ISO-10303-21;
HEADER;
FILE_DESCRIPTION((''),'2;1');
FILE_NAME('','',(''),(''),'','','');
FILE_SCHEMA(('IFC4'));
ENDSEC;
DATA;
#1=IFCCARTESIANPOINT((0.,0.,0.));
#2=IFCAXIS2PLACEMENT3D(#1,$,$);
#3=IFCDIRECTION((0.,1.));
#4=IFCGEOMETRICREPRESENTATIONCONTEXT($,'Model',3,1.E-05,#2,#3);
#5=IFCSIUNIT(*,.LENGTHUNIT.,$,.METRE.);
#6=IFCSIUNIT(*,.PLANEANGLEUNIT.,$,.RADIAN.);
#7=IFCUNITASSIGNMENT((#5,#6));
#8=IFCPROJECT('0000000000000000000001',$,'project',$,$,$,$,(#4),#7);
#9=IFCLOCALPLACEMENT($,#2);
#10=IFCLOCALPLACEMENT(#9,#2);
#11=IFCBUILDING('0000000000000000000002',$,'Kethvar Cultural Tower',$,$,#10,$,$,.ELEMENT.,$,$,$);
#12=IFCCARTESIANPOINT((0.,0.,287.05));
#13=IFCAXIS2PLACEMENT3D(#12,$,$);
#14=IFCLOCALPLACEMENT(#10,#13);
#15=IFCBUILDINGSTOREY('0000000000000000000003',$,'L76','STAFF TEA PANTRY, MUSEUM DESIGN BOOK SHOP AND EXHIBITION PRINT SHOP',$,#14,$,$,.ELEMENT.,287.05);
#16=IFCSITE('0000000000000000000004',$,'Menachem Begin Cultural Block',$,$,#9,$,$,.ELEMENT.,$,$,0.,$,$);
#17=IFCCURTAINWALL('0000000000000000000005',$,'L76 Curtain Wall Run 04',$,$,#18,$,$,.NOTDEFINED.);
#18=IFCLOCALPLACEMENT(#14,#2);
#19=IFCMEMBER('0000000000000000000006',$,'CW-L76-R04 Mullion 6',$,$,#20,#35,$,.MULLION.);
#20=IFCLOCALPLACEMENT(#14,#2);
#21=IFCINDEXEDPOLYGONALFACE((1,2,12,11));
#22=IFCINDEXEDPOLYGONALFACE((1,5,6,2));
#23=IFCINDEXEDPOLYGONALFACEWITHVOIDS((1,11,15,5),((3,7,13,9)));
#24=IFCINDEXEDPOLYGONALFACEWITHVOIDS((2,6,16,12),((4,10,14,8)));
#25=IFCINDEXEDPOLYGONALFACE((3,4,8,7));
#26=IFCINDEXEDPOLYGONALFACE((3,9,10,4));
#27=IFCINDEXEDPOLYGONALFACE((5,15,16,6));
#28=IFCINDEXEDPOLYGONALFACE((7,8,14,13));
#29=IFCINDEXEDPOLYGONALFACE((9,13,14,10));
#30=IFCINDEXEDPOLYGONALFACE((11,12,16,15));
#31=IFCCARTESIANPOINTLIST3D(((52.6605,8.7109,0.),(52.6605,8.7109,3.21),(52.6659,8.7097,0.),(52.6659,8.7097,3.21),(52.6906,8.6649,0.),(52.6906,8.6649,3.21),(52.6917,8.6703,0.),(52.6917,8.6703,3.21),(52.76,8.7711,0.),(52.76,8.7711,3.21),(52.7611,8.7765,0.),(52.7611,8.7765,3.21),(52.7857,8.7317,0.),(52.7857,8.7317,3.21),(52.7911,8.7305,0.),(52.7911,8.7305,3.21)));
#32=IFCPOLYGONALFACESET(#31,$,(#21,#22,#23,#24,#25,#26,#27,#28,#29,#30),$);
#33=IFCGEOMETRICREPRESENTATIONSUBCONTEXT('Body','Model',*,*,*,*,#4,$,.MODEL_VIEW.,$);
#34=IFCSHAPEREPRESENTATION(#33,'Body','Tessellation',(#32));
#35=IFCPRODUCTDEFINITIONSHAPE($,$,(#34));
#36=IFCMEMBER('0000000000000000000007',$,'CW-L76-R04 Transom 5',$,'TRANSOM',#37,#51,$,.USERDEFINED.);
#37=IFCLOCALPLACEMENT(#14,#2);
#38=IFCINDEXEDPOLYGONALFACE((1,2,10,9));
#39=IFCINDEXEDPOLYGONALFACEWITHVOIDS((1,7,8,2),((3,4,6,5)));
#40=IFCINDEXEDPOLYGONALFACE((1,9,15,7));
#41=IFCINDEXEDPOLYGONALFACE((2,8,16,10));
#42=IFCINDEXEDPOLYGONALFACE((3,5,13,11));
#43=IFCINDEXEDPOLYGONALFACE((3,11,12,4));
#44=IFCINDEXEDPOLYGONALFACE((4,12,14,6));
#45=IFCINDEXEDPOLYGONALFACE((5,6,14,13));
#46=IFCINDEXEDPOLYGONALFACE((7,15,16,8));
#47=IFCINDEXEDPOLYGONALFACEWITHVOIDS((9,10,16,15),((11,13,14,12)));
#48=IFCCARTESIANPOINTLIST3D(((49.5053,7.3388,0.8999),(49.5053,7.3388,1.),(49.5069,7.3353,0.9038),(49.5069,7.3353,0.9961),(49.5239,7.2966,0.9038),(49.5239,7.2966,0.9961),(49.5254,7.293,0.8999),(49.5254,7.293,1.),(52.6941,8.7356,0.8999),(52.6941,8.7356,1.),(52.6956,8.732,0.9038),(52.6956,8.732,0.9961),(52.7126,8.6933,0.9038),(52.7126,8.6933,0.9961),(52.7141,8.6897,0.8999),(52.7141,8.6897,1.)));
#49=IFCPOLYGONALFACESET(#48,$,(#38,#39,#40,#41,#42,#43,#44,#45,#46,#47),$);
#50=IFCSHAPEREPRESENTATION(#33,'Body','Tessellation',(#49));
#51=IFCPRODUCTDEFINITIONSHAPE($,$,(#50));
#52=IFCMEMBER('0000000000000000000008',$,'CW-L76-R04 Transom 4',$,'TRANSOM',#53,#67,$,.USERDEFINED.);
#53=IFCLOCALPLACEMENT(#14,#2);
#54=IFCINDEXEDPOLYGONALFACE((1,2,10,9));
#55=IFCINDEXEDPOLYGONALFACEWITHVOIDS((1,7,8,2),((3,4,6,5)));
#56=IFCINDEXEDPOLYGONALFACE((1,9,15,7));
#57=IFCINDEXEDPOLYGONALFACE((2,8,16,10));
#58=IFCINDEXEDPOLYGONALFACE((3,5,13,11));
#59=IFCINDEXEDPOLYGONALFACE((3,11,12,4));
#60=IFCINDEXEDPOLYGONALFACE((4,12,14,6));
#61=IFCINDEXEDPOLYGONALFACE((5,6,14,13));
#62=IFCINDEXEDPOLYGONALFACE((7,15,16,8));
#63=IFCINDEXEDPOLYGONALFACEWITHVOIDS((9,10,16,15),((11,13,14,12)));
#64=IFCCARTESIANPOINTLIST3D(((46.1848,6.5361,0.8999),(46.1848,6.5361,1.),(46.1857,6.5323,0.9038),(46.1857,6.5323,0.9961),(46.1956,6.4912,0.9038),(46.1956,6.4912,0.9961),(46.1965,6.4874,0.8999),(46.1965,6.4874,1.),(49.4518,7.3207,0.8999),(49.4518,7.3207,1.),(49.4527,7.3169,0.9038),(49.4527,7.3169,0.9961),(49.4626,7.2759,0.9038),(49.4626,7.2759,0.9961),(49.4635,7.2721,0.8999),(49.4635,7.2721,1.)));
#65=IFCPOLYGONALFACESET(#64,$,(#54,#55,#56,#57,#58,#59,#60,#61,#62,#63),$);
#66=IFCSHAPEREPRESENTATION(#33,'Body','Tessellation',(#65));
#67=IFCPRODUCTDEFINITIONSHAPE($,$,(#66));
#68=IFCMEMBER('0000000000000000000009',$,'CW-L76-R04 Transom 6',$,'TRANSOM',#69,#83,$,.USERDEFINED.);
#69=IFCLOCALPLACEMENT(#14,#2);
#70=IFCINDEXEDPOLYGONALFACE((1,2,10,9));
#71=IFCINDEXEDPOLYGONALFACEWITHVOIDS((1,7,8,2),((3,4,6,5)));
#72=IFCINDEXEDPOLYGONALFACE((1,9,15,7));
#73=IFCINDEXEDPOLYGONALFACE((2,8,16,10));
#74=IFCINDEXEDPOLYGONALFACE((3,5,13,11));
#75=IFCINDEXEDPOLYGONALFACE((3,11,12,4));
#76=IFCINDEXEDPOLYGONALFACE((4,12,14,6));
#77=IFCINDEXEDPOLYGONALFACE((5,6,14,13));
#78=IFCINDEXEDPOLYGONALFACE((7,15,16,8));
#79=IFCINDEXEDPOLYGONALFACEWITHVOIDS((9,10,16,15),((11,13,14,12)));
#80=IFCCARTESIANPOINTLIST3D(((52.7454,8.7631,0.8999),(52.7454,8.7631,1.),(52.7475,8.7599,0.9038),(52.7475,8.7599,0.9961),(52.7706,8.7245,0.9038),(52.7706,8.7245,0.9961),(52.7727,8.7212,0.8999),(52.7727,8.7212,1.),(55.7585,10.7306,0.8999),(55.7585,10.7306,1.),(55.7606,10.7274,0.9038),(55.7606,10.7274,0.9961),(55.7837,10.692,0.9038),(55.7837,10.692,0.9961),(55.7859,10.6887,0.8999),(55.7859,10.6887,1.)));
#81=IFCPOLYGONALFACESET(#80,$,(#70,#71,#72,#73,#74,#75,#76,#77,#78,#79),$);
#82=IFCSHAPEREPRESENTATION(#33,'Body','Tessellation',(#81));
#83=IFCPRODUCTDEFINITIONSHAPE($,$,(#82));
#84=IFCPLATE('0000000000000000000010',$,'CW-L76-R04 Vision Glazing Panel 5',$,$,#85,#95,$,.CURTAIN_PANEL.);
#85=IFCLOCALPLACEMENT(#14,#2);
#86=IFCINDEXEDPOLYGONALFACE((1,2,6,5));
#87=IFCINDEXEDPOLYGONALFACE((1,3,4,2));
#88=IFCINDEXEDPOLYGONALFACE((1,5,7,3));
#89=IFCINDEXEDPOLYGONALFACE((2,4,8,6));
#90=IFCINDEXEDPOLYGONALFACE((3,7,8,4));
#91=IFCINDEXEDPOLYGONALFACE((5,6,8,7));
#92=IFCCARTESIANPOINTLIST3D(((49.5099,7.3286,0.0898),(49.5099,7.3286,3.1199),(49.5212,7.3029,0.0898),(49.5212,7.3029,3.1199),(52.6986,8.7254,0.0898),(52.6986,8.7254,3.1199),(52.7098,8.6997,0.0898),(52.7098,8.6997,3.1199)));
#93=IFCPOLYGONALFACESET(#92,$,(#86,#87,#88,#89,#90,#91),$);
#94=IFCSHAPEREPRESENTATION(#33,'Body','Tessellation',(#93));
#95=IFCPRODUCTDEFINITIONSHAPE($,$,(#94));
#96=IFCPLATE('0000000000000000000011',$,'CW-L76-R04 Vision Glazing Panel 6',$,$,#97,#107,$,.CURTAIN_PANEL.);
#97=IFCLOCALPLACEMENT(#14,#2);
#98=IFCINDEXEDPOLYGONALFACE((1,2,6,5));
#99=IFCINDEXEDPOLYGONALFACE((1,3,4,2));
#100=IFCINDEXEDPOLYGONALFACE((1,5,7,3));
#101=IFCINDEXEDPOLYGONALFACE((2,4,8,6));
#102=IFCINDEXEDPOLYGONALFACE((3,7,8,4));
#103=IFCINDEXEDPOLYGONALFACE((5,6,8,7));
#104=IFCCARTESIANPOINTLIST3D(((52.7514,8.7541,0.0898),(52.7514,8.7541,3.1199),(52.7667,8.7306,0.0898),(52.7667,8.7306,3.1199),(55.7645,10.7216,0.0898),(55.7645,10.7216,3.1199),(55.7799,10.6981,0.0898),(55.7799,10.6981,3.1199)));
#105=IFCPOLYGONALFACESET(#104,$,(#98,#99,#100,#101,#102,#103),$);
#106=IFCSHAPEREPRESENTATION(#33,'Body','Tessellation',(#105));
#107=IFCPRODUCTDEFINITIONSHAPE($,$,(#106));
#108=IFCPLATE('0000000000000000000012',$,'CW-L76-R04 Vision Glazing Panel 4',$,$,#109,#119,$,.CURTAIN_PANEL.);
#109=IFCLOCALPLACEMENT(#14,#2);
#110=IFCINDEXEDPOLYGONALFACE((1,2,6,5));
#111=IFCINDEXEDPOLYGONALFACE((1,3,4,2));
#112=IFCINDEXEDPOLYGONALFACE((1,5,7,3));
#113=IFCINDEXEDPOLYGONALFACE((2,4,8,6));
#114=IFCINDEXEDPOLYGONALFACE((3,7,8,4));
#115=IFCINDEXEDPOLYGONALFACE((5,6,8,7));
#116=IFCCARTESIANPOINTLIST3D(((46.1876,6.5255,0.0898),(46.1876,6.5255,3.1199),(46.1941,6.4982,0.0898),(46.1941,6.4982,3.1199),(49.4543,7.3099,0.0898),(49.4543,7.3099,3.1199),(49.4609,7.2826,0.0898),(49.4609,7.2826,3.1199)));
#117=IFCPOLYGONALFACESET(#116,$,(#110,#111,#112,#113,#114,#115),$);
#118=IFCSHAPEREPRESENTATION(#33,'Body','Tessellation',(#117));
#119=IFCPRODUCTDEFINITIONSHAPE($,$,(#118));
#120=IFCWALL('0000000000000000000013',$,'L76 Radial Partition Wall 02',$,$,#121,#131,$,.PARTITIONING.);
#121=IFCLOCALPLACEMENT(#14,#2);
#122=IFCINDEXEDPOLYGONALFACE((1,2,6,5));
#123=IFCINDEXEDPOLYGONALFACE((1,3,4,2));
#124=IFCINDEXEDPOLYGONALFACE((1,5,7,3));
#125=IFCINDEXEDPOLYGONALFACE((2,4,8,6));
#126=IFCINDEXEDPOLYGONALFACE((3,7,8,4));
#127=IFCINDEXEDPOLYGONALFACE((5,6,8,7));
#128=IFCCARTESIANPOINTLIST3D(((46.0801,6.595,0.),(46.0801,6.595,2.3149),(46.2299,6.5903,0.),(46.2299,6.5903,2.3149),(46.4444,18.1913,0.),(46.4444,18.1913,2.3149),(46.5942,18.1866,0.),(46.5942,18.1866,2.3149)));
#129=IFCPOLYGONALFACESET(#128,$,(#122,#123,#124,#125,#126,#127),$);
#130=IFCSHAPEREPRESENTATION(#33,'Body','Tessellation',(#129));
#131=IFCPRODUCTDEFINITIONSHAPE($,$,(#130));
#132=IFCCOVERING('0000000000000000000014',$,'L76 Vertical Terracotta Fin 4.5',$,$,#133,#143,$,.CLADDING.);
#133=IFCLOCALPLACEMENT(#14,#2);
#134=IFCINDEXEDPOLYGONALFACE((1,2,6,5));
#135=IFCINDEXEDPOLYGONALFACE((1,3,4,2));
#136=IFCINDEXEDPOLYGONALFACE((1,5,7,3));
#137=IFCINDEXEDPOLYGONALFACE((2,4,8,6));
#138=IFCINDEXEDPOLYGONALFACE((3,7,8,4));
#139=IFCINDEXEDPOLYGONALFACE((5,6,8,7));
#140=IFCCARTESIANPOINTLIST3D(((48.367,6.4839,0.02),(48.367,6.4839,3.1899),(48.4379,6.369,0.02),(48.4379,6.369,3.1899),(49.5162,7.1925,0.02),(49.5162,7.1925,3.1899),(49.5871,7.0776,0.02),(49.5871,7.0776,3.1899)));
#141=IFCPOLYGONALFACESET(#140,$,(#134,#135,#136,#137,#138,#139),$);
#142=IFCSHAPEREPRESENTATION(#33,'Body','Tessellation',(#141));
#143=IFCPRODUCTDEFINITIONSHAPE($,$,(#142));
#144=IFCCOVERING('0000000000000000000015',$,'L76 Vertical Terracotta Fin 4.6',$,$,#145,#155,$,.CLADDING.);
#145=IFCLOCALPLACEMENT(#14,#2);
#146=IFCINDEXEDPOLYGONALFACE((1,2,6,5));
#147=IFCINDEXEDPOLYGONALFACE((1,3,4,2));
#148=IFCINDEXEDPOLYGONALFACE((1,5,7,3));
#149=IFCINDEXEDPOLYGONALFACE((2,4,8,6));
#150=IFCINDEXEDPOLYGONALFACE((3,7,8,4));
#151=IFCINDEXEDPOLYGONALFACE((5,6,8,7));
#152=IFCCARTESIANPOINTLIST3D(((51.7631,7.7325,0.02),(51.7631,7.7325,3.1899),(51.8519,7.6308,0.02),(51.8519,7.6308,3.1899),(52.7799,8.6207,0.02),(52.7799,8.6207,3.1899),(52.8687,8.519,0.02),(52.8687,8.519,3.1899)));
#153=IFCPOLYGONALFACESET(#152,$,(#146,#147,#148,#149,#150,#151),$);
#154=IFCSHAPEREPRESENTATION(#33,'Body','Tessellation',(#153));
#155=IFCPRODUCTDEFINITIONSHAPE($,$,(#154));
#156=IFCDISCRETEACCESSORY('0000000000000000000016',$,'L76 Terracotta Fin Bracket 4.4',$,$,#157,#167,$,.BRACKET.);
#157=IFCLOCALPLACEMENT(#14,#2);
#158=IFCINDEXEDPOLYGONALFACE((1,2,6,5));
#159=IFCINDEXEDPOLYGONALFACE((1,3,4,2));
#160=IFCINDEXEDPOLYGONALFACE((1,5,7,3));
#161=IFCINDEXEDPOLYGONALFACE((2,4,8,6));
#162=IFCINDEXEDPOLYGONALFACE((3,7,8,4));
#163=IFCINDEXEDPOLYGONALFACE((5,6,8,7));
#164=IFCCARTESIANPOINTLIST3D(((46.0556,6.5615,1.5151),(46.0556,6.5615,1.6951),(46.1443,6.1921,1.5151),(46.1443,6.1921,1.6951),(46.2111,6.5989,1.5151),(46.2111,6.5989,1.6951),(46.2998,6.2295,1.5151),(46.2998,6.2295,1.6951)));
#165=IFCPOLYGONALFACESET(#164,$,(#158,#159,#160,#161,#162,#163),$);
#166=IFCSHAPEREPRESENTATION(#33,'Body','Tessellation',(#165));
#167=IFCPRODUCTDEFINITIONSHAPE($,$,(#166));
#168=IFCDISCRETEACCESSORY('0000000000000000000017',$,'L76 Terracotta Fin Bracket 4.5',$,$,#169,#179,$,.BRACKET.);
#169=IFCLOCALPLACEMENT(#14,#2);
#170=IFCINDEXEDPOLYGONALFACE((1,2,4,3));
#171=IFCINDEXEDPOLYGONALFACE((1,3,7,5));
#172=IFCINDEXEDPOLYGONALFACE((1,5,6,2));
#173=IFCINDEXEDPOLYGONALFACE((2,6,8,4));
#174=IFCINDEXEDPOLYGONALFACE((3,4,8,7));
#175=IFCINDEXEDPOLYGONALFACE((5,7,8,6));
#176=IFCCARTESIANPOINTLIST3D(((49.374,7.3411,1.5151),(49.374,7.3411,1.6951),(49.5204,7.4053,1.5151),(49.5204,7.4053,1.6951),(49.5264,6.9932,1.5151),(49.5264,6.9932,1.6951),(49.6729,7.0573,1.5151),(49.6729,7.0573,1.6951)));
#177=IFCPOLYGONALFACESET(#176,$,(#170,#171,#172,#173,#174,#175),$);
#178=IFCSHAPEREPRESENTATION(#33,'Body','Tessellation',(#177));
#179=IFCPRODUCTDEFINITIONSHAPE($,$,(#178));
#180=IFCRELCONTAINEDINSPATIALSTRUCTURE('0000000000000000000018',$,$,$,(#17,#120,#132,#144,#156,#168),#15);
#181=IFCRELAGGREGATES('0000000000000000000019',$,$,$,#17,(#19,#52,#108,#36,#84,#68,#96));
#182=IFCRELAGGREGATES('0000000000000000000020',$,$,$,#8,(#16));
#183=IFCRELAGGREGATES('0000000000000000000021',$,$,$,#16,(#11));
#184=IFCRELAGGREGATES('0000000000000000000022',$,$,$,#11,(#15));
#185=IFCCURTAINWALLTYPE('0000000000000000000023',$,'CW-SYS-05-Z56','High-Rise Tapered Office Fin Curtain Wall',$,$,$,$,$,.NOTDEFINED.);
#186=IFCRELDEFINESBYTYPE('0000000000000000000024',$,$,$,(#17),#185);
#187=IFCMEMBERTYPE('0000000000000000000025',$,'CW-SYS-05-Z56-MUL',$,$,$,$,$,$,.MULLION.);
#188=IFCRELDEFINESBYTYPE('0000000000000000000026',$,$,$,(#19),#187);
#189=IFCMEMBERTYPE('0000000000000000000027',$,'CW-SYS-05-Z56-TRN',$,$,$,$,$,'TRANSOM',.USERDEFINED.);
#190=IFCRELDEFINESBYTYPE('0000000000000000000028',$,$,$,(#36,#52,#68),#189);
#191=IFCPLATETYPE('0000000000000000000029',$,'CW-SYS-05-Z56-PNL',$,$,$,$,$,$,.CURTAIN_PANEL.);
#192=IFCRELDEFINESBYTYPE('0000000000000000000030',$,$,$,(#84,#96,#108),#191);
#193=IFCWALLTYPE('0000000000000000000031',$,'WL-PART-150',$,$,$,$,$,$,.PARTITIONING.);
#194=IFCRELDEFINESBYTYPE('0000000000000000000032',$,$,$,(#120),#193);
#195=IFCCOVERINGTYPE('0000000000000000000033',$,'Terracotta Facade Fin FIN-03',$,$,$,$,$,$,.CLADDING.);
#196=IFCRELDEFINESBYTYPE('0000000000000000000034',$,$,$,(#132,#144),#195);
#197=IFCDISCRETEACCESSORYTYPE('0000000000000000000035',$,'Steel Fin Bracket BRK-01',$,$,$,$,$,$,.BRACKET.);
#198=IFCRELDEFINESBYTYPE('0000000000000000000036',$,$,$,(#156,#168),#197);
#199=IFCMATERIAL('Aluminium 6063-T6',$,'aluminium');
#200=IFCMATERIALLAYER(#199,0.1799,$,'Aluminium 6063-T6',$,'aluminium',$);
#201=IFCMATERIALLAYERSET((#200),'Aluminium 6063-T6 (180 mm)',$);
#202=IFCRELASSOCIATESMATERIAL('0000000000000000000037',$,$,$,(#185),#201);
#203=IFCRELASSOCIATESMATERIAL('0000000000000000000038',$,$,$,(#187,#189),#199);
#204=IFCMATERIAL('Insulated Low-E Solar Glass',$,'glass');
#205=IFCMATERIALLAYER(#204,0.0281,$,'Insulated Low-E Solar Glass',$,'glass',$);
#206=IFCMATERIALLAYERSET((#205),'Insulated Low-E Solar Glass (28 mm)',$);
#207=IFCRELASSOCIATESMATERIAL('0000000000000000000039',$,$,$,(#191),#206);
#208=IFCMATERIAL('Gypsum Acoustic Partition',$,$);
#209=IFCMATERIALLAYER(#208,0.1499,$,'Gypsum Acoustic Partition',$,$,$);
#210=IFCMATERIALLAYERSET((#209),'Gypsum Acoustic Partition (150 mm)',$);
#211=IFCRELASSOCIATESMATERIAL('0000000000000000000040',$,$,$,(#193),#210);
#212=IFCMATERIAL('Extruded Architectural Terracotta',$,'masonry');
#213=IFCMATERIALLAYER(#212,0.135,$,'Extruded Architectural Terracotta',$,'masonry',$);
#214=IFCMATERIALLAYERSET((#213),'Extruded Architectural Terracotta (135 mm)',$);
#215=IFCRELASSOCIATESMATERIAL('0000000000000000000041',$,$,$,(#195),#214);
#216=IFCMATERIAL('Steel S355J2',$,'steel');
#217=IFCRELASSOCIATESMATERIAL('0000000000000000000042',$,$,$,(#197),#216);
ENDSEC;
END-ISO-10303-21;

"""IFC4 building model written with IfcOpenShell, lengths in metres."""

from ifc_helpers import new_model, si_unit, direction, frame, frame_2d, origin, origin_2d, place, context, subcontext, project, spatial, rectangle, hollow_rectangle, extrude, source, transform, mapped, material, layer, layer_set, material_profile, profile_set, type_object, element, aggregate, save


model = new_model("IFC4")

# Units and contexts
model_context = context("Model", 3, precision=1e-05, world=origin(), true_north=direction((0.0, 1.0)))
body_context = subcontext(model_context, "Body", "Model", "MODEL_VIEW")
ifc_project = project(units=[si_unit("LENGTHUNIT", "METRE"), si_unit("PLANEANGLEUNIT", "RADIAN")], contexts=[model_context])

# Site, building, storey
site_placement = place(None, origin())
site = spatial("IfcSite", under=ifc_project, at=site_placement, Name="Menachem Begin Cultural Block", CompositionType="ELEMENT", RefElevation=0.0)
building_placement = place(site_placement, origin())
building = spatial("IfcBuilding", under=site, at=building_placement, Name="Kethvar Cultural Tower", CompositionType="ELEMENT")
storey_placement = place(building_placement, frame((0.0, 0.0, 287.05)))
storey = spatial("IfcBuildingStorey", under=building, at=storey_placement, Name="L76", Description="STAFF TEA PANTRY, MUSEUM DESIGN BOOK SHOP AND EXHIBITION PRINT SHOP", CompositionType="ELEMENT", Elevation=287.05)

# Shared definitions
ifc_material_1 = material(Name="Steel S355J2", Category="steel")

# Curtain wall, members, plates
ifc_material_2 = material(Name="Aluminium 6063-T6", Category="aluminium")
ifc_layer_1 = layer(ifc_material_2, 0.1799, Name="Aluminium 6063-T6", Category="aluminium")
ifc_layer_set_1 = layer_set([ifc_layer_1], Name="Aluminium 6063-T6 (180 mm)")
curtain_wall_type = type_object("IfcCurtainWallType", Name="CW-SYS-05-Z56", Description="High-Rise Tapered Office Fin Curtain Wall", PredefinedType="NOTDEFINED", material=ifc_layer_set_1)
curtain_wall_placement = place(storey_placement, origin())
curtain_wall = element("IfcCurtainWall", 1, at=curtain_wall_placement, inside=storey, type_object=curtain_wall_type, Name="L76 Curtain Wall Run 04", PredefinedType="NOTDEFINED")
ifc_material_profile_1 = material_profile(ifc_material_2, hollow_rectangle(XDim=0.0549, YDim=0.1201, WallThickness=0.0039, at=origin_2d()), Name="Aluminium 6063-T6 — RHS120x55x4")
ifc_profile_set_1 = profile_set([ifc_material_profile_1], Name="Aluminium 6063-T6 — RHS120x55x4")
member_type_1 = type_object("IfcMemberType", Name="CW-SYS-05-Z56-MUL", PredefinedType="MULLION", material=ifc_profile_set_1)
shared_shape_1 = source(origin(), body_context, "Body", "SweptSolid", [
    extrude(hollow_rectangle(XDim=0.0549, YDim=0.1201, WallThickness=0.0039, at=origin_2d()), origin(), (0.0, 0.0, 1.0), 3.21),
])
member_1_placement = place(storey_placement, frame((52.7258, 8.7207, 0.0), z_axis=(0.0, 0.0, 1.0), x_axis=(-0.546731, 0.837309, 0.0)))
member_1 = element("IfcMember", 2, at=member_1_placement, type_object=member_type_1, Name="CW-L76-R04 Mullion 6", PredefinedType="MULLION", context=body_context, shape_type="MappedRepresentation", body=[
    mapped(shared_shape_1, transform((0.0, 0.0, 0.0), scale=1.0)),
])
ifc_material_profile_2 = material_profile(ifc_material_2, hollow_rectangle(XDim=0.05, YDim=0.1001, WallThickness=0.0039, at=origin_2d()), Name="Aluminium 6063-T6 — RHS100x50x4")
ifc_profile_set_2 = profile_set([ifc_material_profile_2], Name="Aluminium 6063-T6 — RHS100x50x4")
member_type_2 = type_object("IfcMemberType", Name="CW-SYS-05-Z56-TRN", ElementType="TRANSOM", PredefinedType="USERDEFINED", material=ifc_profile_set_2)
shared_shape_2 = source(origin(), body_context, "Body", "SweptSolid", [
    extrude(hollow_rectangle(XDim=0.05, YDim=0.1001, WallThickness=0.0039, at=origin_2d()), origin(), (0.0, 0.0, 1.0), 3.4812),
])
member_2_placement = place(storey_placement, frame((49.5154, 7.3159, 0.95), z_axis=(0.915982, 0.40122, 0.0), x_axis=(-0.40122, 0.915982, 0.0)))
member_2 = element("IfcMember", 3, at=member_2_placement, type_object=member_type_2, Name="CW-L76-R04 Transom 5", ObjectType="TRANSOM", PredefinedType="USERDEFINED", context=body_context, shape_type="MappedRepresentation", body=[
    mapped(shared_shape_2, transform((0.0, 0.0, 0.0), scale=1.0)),
])
shared_shape_3 = source(origin(), body_context, "Body", "SweptSolid", [
    extrude(hollow_rectangle(XDim=0.05, YDim=0.1001, WallThickness=0.0039, at=origin_2d()), origin(), (0.0, 0.0, 1.0), 3.3599),
])
member_3_placement = place(storey_placement, frame((46.1907, 6.5117, 0.95), z_axis=(0.972345, 0.233549, 0.0), x_axis=(-0.233549, 0.972345, 0.0)))
member_3 = element("IfcMember", 4, at=member_3_placement, type_object=member_type_2, Name="CW-L76-R04 Transom 4", ObjectType="TRANSOM", PredefinedType="USERDEFINED", context=body_context, shape_type="MappedRepresentation", body=[
    mapped(shared_shape_3, transform((0.0, 0.0, 0.0), scale=1.0)),
])
shared_shape_4 = source(origin(), body_context, "Body", "SweptSolid", [
    extrude(hollow_rectangle(XDim=0.05, YDim=0.1001, WallThickness=0.0039, at=origin_2d()), origin(), (0.0, 0.0, 1.0), 3.5986),
])
member_4_placement = place(storey_placement, frame((52.759, 8.7422, 0.95), z_axis=(0.837304, 0.546737, 0.0), x_axis=(-0.546737, 0.837304, 0.0)))
member_4 = element("IfcMember", 5, at=member_4_placement, type_object=member_type_2, Name="CW-L76-R04 Transom 6", ObjectType="TRANSOM", PredefinedType="USERDEFINED", context=body_context, shape_type="MappedRepresentation", body=[
    mapped(shared_shape_4, transform((0.0, 0.0, 0.0), scale=1.0)),
])
ifc_material_3 = material(Name="Insulated Low-E Solar Glass", Category="glass")
ifc_layer_2 = layer(ifc_material_3, 0.0281, Name="Insulated Low-E Solar Glass", Category="glass")
ifc_layer_set_2 = layer_set([ifc_layer_2], Name="Insulated Low-E Solar Glass (28 mm)")
plate_type = type_object("IfcPlateType", Name="CW-SYS-05-Z56-PNL", PredefinedType="CURTAIN_PANEL", material=ifc_layer_set_2)
shared_shape_5 = source(origin(), body_context, "Body", "SweptSolid", [
    extrude(rectangle(XDim=3.4812, YDim=0.0281, at=origin_2d()), origin(), (0.0, 0.0, 1.0), 3.03),
])
plate_1_placement = place(storey_placement, frame((51.1099, 8.0142, 0.0898), z_axis=(0.0, 0.0, 1.0), x_axis=(0.915971, 0.401244, 0.0)))
plate_1 = element("IfcPlate", 6, at=plate_1_placement, type_object=plate_type, Name="CW-L76-R04 Vision Glazing Panel 5", PredefinedType="CURTAIN_PANEL", context=body_context, shape_type="MappedRepresentation", body=[
    mapped(shared_shape_5, transform((0.0, 0.0, 0.0), scale=1.0)),
])
shared_shape_6 = source(origin(), body_context, "Body", "SweptSolid", [
    extrude(rectangle(XDim=3.5986, YDim=0.0281, at=origin_2d()), origin(), (0.0, 0.0, 1.0), 3.03),
])
plate_2_placement = place(storey_placement, frame((54.2656, 9.7261, 0.0898), z_axis=(0.0, 0.0, 1.0), x_axis=(0.837309, 0.546731, 0.0)))
plate_2 = element("IfcPlate", 7, at=plate_2_placement, type_object=plate_type, Name="CW-L76-R04 Vision Glazing Panel 6", PredefinedType="CURTAIN_PANEL", context=body_context, shape_type="MappedRepresentation", body=[
    mapped(shared_shape_6, transform((0.0, 0.0, 0.0), scale=1.0)),
])
shared_shape_7 = source(origin(), body_context, "Body", "SweptSolid", [
    extrude(rectangle(XDim=3.3596, YDim=0.0281, at=origin_2d()), origin(), (0.0, 0.0, 1.0), 3.03),
])
plate_3_placement = place(storey_placement, frame((47.8242, 6.9041, 0.0898), z_axis=(0.0, 0.0, 1.0), x_axis=(0.972358, 0.233496, 0.0)))
plate_3 = element("IfcPlate", 8, at=plate_3_placement, type_object=plate_type, Name="CW-L76-R04 Vision Glazing Panel 4", PredefinedType="CURTAIN_PANEL", context=body_context, shape_type="MappedRepresentation", body=[
    mapped(shared_shape_7, transform((0.0, 0.0, 0.0), scale=1.0)),
])
aggregate(curtain_wall, [member_1, member_3, plate_3, member_2, plate_1, member_4, plate_2])

# Wall
ifc_material_4 = material(Name="Gypsum Acoustic Partition")
ifc_layer_3 = layer(ifc_material_4, 0.1499, Name="Gypsum Acoustic Partition")
ifc_layer_set_3 = layer_set([ifc_layer_3], Name="Gypsum Acoustic Partition (150 mm)")
wall_type = type_object("IfcWallType", Name="WL-PART-150", PredefinedType="PARTITIONING", material=ifc_layer_set_3)
wall_placement = place(storey_placement, frame((46.5193, 18.189, 0.0), z_axis=(0.0, 0.0, 1.0), x_axis=(-0.031396, -0.999507, 0.0)))
element("IfcWall", 9, at=wall_placement, inside=storey, type_object=wall_type, Name="L76 Radial Partition Wall 02", PredefinedType="PARTITIONING", context=body_context, shape_type="SweptSolid", body=[
    extrude(rectangle(XDim=11.6021, YDim=0.1499, at=frame_2d((5.801, 0.0))), origin(), (0.0, 0.0, 1.0), 2.3149),
])

# Coverings
ifc_material_5 = material(Name="Extruded Architectural Terracotta", Category="masonry")
ifc_layer_4 = layer(ifc_material_5, 0.135, Name="Extruded Architectural Terracotta", Category="masonry")
ifc_layer_set_4 = layer_set([ifc_layer_4], Name="Extruded Architectural Terracotta (135 mm)")
covering_type = type_object("IfcCoveringType", Name="Terracotta Facade Fin FIN-03", PredefinedType="CLADDING", material=ifc_layer_set_4)
shared_shape_8 = source(origin(), body_context, "Body", "SweptSolid", [
    extrude(rectangle(XDim=1.3501, YDim=0.135, at=origin_2d()), origin(), (0.0, 0.0, 1.0), 3.1699),
])
for number, where, z_axis, x_axis, name in (
    (10, (48.9771, 6.7808, 0.02), (0.0, 0.0, 1.0), (-0.851178, -0.524878, 0.0), "L76 Vertical Terracotta Fin 4.5"),
    (11, (52.3159, 8.1257, 0.02), (0.0, 0.0, 1.0), (-0.753104, -0.657901, 0.0), "L76 Vertical Terracotta Fin 4.6"),
):
    element("IfcCovering", number, at=place(storey_placement, frame(where, z_axis=z_axis, x_axis=x_axis)), inside=storey, type_object=covering_type, Name=name, PredefinedType="CLADDING", context=body_context, shape_type="MappedRepresentation", body=[
        mapped(shared_shape_8, transform((0.0, 0.0, 0.0), scale=1.0)),
    ])

# Discrete accessories
discrete_accessory_type = type_object("IfcDiscreteAccessoryType", Name="Steel Fin Bracket BRK-01", PredefinedType="BRACKET", material=ifc_material_1)
shared_shape_9 = source(origin(), body_context, "Body", "SweptSolid", [
    extrude(rectangle(XDim=0.3799, YDim=0.1599, at=origin_2d()), origin(), (0.0, 0.0, 1.0), 0.1799),
])
for number, where, z_axis, x_axis, name in (
    (12, (46.1777, 6.3955, 1.5151), (0.0, 0.0, 1.0), (0.233445, -0.97237, 0.0), "L76 Terracotta Fin Bracket 4.4"),
    (13, (49.5234, 7.1992, 1.5151), (0.0, 0.0, 1.0), (0.401308, -0.915943, 0.0), "L76 Terracotta Fin Bracket 4.5"),
):
    element("IfcDiscreteAccessory", number, at=place(storey_placement, frame(where, z_axis=z_axis, x_axis=x_axis)), inside=storey, type_object=discrete_accessory_type, Name=name, PredefinedType="BRACKET", context=body_context, shape_type="MappedRepresentation", body=[
        mapped(shared_shape_9, transform((0.0, 0.0, 0.0), scale=1.0)),
    ])

save(model, "model.ifc")
